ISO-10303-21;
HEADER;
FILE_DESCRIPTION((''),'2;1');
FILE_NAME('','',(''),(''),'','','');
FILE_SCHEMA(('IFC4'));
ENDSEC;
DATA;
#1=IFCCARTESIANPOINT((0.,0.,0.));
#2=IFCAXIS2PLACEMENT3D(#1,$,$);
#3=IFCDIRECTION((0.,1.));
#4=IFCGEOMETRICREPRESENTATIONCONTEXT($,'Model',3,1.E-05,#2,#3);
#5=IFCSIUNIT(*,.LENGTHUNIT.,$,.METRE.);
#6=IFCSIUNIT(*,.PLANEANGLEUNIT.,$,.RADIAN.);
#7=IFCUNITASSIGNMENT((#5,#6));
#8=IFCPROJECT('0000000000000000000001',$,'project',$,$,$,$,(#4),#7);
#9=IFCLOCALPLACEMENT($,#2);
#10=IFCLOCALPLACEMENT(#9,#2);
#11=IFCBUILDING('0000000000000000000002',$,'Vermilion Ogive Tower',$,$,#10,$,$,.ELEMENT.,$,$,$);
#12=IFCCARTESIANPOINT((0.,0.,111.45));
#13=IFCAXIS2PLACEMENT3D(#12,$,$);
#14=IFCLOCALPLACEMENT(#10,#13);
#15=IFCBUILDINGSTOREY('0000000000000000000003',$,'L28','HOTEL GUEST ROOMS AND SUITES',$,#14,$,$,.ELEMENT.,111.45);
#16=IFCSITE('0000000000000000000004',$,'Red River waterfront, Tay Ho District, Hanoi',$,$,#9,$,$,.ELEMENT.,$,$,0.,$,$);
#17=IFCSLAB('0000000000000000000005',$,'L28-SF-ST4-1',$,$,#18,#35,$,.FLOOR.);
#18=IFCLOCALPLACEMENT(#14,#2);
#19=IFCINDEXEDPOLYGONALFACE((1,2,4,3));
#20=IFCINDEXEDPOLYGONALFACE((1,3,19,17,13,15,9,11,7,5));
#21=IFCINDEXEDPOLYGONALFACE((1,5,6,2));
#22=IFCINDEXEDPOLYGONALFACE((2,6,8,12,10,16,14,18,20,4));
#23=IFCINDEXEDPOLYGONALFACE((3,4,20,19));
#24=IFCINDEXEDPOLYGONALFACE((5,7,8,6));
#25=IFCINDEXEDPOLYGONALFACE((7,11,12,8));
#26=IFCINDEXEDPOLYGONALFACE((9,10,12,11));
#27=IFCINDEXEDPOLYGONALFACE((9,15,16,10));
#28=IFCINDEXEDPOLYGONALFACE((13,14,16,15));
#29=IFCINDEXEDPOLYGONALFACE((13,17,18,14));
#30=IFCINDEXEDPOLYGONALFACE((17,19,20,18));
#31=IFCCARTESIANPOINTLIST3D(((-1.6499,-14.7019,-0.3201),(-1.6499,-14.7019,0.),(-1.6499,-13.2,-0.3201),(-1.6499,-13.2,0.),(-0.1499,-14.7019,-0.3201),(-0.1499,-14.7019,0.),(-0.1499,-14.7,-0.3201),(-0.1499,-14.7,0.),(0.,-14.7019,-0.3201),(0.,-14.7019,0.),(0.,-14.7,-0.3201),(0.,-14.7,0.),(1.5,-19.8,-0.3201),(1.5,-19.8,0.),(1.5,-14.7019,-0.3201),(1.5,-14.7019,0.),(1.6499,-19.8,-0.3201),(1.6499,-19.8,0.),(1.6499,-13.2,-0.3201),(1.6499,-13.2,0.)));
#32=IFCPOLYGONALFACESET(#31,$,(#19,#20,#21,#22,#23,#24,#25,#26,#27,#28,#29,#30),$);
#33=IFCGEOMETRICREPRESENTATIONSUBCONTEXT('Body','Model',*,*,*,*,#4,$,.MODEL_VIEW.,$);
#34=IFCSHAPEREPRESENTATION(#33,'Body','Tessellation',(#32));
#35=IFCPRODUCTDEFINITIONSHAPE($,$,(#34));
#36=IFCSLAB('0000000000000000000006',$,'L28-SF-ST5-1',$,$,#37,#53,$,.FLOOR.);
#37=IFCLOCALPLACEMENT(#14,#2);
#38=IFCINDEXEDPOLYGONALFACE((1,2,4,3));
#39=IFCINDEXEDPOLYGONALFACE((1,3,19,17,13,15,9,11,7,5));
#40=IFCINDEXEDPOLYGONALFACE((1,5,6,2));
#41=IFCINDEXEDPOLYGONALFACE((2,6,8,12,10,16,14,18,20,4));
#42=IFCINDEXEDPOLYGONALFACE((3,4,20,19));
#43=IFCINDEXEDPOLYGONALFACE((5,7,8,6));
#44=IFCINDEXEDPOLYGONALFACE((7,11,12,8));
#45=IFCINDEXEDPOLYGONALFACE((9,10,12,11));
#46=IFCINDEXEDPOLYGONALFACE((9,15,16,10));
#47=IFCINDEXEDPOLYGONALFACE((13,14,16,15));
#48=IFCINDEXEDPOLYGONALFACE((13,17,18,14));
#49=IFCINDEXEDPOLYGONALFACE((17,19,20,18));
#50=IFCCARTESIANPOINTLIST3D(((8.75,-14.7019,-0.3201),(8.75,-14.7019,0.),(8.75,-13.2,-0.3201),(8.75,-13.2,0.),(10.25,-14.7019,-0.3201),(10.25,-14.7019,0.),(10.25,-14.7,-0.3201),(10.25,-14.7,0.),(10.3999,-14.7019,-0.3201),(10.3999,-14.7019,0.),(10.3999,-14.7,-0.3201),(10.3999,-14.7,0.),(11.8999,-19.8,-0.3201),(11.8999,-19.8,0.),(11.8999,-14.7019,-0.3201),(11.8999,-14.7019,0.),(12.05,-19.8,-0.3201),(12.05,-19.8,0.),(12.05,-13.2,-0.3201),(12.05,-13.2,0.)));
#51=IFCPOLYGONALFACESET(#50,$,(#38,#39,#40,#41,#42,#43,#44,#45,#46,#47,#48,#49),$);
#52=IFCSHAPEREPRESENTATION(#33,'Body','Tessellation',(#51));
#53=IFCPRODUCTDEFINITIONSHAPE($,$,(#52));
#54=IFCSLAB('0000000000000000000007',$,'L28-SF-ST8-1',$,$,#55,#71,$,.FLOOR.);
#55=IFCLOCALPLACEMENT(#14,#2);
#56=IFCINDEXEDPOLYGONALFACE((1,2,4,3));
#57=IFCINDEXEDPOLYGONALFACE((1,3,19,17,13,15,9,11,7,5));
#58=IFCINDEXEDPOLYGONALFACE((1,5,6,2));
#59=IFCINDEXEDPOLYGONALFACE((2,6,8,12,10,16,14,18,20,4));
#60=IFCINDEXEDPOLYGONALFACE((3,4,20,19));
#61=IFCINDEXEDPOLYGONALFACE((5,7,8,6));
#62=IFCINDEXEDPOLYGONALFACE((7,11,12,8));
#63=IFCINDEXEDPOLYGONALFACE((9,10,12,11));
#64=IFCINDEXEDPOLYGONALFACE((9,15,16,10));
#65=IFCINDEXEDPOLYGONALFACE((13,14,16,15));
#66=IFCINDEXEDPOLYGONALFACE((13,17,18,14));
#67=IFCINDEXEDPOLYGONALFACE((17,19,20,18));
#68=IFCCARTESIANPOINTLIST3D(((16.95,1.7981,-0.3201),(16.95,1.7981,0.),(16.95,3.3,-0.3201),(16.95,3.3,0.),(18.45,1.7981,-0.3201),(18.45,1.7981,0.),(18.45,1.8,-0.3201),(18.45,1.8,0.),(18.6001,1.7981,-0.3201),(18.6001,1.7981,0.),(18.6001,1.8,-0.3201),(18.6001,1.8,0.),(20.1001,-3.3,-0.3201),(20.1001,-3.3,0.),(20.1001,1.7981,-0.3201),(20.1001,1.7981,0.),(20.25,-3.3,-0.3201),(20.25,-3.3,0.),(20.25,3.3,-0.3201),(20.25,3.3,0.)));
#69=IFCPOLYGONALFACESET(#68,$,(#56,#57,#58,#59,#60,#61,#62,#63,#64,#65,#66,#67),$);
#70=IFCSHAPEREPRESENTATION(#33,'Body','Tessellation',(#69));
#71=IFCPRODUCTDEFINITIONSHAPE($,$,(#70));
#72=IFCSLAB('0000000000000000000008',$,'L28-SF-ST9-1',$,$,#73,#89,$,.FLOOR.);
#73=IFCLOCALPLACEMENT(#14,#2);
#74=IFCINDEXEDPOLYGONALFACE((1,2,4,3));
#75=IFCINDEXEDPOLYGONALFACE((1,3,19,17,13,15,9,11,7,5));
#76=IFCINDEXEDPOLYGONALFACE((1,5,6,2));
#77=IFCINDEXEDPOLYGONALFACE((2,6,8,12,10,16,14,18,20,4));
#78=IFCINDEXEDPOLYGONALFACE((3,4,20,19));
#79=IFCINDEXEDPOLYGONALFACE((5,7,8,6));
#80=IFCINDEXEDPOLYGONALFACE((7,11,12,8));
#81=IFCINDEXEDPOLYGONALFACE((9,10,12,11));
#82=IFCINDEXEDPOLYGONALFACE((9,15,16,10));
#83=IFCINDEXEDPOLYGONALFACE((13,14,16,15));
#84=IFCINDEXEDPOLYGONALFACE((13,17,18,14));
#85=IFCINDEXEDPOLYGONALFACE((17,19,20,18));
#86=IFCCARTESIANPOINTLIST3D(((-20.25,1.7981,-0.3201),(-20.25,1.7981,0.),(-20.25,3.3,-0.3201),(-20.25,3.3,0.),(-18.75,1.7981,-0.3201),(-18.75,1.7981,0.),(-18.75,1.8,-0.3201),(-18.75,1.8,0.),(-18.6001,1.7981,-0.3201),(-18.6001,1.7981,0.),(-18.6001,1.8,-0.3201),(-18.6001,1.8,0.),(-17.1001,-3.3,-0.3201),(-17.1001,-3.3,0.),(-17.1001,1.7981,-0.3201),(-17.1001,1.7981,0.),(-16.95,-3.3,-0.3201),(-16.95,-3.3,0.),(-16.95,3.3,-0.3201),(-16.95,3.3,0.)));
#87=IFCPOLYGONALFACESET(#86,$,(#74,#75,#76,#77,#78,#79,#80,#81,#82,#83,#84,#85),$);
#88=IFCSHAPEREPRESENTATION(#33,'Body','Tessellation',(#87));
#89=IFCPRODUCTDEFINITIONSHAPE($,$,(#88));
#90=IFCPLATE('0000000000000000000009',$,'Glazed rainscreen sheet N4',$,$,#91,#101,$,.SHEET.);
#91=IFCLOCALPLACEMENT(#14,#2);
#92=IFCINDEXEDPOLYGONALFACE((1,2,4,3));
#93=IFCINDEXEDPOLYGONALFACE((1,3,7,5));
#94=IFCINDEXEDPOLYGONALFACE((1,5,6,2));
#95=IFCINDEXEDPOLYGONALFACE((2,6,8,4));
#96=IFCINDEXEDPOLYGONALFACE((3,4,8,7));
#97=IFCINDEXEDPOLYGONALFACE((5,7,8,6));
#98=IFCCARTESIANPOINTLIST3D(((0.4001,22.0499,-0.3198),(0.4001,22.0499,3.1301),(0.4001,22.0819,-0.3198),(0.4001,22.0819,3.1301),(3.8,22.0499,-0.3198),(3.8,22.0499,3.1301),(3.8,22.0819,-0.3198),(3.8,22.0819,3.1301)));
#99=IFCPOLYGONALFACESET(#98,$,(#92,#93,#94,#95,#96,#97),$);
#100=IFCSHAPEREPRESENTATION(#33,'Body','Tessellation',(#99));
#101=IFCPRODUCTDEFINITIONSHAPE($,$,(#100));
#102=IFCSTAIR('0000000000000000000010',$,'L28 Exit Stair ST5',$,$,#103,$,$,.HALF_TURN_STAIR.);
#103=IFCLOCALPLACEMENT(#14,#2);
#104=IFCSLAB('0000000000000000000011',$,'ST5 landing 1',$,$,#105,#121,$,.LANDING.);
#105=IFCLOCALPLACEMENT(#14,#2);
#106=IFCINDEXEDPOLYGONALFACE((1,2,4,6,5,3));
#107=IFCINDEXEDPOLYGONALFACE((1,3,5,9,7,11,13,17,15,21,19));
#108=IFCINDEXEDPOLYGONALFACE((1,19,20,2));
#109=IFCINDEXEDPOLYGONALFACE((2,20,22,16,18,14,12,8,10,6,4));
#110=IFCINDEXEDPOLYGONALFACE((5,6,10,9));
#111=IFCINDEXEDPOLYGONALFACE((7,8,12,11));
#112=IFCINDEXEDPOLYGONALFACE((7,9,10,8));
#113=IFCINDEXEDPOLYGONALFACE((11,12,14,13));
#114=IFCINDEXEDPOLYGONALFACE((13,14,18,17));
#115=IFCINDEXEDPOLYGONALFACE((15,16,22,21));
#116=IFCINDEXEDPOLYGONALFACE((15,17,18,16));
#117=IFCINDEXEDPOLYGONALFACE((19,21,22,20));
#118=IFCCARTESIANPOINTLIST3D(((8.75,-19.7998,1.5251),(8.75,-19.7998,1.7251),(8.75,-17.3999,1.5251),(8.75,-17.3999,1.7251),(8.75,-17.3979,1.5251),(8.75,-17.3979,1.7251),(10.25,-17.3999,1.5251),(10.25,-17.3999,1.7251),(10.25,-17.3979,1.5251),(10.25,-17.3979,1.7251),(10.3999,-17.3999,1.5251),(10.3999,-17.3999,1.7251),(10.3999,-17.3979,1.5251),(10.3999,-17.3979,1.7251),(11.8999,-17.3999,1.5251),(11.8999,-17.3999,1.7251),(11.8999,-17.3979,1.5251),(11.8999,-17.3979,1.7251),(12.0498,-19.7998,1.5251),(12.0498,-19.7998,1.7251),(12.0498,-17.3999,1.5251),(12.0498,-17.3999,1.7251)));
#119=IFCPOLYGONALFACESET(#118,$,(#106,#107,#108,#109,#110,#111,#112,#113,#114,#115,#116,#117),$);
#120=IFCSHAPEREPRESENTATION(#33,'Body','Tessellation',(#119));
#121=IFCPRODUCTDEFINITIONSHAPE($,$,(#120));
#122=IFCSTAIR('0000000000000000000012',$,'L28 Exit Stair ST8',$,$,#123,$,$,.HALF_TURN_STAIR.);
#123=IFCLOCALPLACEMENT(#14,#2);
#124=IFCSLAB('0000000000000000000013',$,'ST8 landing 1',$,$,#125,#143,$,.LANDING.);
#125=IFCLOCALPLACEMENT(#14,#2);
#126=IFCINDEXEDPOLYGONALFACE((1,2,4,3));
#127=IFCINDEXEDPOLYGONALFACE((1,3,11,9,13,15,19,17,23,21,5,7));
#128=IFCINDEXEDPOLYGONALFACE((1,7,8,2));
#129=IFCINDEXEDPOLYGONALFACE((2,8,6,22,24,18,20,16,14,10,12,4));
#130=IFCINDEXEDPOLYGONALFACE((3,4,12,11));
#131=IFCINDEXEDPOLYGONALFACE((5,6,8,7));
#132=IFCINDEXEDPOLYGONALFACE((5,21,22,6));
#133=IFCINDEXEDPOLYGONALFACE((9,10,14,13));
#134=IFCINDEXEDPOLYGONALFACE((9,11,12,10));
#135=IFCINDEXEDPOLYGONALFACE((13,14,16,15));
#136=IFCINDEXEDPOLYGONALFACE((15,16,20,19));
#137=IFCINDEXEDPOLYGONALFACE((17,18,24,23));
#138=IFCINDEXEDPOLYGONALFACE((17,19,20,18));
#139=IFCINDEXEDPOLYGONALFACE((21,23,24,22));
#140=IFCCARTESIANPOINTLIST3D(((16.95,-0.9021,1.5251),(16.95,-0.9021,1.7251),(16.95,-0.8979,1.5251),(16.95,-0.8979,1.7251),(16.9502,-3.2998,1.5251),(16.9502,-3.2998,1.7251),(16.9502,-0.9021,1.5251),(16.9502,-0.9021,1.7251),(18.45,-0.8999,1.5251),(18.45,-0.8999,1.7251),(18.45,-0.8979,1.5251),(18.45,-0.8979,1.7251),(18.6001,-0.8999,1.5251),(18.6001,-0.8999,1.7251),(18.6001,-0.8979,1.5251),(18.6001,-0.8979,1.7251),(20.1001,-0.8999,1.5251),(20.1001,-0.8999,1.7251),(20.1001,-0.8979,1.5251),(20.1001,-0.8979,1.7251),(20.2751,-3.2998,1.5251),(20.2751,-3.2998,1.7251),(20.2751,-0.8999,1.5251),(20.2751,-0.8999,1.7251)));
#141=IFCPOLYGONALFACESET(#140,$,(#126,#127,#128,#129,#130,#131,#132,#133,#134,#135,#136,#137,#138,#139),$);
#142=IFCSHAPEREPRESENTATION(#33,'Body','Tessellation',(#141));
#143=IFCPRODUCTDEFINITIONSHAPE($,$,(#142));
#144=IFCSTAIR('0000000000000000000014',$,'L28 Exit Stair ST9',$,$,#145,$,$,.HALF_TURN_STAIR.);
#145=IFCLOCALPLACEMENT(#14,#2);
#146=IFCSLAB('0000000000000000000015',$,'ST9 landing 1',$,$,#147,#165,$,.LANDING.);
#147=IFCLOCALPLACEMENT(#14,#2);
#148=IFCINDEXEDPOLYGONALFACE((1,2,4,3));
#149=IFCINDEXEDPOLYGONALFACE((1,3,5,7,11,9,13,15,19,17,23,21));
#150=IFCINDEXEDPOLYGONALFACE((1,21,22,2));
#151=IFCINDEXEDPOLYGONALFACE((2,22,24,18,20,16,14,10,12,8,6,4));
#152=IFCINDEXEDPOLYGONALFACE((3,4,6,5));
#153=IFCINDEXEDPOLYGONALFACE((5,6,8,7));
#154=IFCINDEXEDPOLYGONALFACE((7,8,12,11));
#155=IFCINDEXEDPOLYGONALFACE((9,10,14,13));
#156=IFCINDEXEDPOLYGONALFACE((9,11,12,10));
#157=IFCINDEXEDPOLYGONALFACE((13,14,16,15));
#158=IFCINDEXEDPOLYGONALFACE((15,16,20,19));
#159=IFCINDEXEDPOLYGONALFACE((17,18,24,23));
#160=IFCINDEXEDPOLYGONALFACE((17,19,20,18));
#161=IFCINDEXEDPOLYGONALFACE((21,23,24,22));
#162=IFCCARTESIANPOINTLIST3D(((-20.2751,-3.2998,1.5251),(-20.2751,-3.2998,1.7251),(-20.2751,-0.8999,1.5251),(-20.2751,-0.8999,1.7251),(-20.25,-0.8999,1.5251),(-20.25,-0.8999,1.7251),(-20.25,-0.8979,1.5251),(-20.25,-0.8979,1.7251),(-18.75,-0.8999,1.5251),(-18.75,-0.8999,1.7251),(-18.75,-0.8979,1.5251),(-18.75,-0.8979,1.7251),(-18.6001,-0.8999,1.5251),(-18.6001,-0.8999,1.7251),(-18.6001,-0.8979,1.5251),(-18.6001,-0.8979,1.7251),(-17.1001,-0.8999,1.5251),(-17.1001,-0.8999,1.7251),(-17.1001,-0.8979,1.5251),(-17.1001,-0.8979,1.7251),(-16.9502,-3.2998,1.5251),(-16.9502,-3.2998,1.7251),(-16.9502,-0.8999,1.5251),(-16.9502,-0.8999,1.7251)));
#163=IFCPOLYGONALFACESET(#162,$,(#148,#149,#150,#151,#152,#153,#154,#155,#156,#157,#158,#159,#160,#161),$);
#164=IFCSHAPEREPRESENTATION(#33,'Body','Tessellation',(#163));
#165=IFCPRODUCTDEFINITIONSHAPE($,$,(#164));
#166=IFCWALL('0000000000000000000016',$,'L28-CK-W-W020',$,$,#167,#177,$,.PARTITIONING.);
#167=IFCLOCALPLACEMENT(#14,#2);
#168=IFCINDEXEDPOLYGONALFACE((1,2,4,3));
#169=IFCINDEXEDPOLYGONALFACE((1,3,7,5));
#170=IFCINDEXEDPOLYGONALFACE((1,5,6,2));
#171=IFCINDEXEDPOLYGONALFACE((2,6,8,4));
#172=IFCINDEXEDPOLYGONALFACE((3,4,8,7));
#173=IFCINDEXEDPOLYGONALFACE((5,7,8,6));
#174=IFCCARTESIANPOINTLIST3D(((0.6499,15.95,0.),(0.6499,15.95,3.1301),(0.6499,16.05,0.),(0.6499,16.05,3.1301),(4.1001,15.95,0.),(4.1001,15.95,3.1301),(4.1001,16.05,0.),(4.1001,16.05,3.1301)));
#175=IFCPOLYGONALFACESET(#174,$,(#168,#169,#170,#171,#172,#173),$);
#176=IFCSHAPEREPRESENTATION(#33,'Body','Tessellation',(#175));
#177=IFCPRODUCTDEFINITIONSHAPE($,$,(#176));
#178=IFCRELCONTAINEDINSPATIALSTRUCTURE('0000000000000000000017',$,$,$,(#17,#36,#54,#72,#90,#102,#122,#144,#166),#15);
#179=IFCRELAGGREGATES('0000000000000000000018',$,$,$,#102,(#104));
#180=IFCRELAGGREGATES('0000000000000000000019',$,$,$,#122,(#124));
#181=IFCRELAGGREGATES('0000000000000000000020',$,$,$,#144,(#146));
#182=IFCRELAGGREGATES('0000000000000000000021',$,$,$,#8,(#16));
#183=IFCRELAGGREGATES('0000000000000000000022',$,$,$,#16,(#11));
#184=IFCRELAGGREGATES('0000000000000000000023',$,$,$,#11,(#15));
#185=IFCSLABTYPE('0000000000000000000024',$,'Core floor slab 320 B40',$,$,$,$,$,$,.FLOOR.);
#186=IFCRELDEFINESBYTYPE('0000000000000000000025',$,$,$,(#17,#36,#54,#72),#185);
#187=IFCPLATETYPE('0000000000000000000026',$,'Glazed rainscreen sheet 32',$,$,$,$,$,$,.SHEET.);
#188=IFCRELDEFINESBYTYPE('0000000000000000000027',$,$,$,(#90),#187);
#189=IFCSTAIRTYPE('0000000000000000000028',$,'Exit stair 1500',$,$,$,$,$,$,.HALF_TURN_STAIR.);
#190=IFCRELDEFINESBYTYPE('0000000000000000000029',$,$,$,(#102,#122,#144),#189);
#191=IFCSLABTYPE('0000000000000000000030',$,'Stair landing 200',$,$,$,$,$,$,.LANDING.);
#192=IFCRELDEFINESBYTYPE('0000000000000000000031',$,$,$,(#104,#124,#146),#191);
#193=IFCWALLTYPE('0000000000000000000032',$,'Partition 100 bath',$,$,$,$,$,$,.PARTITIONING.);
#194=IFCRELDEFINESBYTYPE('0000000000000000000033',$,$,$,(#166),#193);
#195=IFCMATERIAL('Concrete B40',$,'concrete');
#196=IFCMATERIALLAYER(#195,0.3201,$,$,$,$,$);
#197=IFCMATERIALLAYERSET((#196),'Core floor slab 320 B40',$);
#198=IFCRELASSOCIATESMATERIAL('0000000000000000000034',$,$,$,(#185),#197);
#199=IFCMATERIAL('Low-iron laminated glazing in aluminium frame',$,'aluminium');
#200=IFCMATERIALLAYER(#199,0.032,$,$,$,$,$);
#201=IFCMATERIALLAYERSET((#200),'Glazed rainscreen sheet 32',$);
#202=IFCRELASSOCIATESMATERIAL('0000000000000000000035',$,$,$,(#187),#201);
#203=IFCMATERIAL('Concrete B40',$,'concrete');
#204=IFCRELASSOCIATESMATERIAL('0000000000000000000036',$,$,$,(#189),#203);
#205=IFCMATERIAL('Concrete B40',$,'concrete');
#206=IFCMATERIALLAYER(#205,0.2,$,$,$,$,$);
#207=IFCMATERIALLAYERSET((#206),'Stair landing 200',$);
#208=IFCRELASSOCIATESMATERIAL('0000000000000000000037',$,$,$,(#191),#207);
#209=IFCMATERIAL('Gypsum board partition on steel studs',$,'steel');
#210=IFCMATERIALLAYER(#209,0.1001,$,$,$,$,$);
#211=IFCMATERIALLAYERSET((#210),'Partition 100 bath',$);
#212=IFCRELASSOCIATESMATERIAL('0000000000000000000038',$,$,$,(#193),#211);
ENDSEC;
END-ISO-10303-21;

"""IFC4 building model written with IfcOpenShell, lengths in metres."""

from ifc_helpers import new_model, si_unit, direction, frame, frame_2d, origin, origin_2d, place, context, subcontext, project, spatial, polyline, rectangle, outline, extrude, material, layer, layer_set, type_object, element, aggregate, save


model = new_model("IFC4")

# Units and contexts
model_context = context("Model", 3, precision=1e-05, world=origin(), true_north=direction((0.0, 1.0)))
body_context = subcontext(model_context, "Body", "Model", "MODEL_VIEW")
ifc_project = project(units=[si_unit("LENGTHUNIT", "METRE"), si_unit("PLANEANGLEUNIT", "RADIAN")], contexts=[model_context])

# Site, building, storey
site_placement = place(None, origin())
site = spatial("IfcSite", under=ifc_project, at=site_placement, Name="Red River waterfront, Tay Ho District, Hanoi", CompositionType="ELEMENT", RefElevation=0.0)
building_placement = place(site_placement, origin())
building = spatial("IfcBuilding", under=site, at=building_placement, Name="Vermilion Ogive Tower", CompositionType="ELEMENT")
storey_placement = place(building_placement, frame((0.0, 0.0, 111.45)))
storey = spatial("IfcBuildingStorey", under=building, at=storey_placement, Name="L28", Description="HOTEL GUEST ROOMS AND SUITES", CompositionType="ELEMENT", Elevation=111.45)

# Slabs
ifc_material_1 = material(Name="Concrete B40", Category="concrete")
ifc_layer_1 = layer(ifc_material_1, 0.3201)
ifc_layer_set_1 = layer_set([ifc_layer_1], Name="Core floor slab 320 B40")
slab_type_1 = type_object("IfcSlabType", Name="Core floor slab 320 B40", PredefinedType="FLOOR", material=ifc_layer_set_1)
slab_1_placement = place(storey_placement, frame((0.0, 0.0, -0.3201)))
element("IfcSlab", 1, at=slab_1_placement, inside=storey, type_object=slab_type_1, Name="L28-SF-ST4-1", PredefinedType="FLOOR", context=body_context, shape_type="SweptSolid", body=[
    extrude(outline(polyline([(-1.6499, -13.2), (-1.6499, -14.7019), (-0.1499, -14.7019), (-0.1499, -14.7), (0.0, -14.7), (0.0, -14.7019), (1.5, -14.7019), (1.5, -19.8), (1.6499, -19.8), (1.6499, -13.2), (-1.6499, -13.2)])), origin(), (0.0, 0.0, 1.0), 0.3201),
])
slab_2_placement = place(storey_placement, frame((0.0, 0.0, -0.3201)))
element("IfcSlab", 2, at=slab_2_placement, inside=storey, type_object=slab_type_1, Name="L28-SF-ST5-1", PredefinedType="FLOOR", context=body_context, shape_type="SweptSolid", body=[
    extrude(outline(polyline([(8.75, -13.2), (8.75, -14.7019), (10.25, -14.7019), (10.25, -14.7), (10.3999, -14.7), (10.3999, -14.7019), (11.8999, -14.7019), (11.8999, -19.8), (12.05, -19.8), (12.05, -13.2), (8.75, -13.2)])), origin(), (0.0, 0.0, 1.0), 0.3201),
])
slab_3_placement = place(storey_placement, frame((0.0, 0.0, -0.3201)))
element("IfcSlab", 3, at=slab_3_placement, inside=storey, type_object=slab_type_1, Name="L28-SF-ST8-1", PredefinedType="FLOOR", context=body_context, shape_type="SweptSolid", body=[
    extrude(outline(polyline([(16.95, 3.3), (16.95, 1.7981), (18.45, 1.7981), (18.45, 1.8), (18.6001, 1.8), (18.6001, 1.7981), (20.1001, 1.7981), (20.1001, -3.3), (20.25, -3.3), (20.25, 3.3), (16.95, 3.3)])), origin(), (0.0, 0.0, 1.0), 0.3201),
])
slab_4_placement = place(storey_placement, frame((0.0, 0.0, -0.3201)))
element("IfcSlab", 4, at=slab_4_placement, inside=storey, type_object=slab_type_1, Name="L28-SF-ST9-1", PredefinedType="FLOOR", context=body_context, shape_type="SweptSolid", body=[
    extrude(outline(polyline([(-20.25, 3.3), (-20.25, 1.7981), (-18.75, 1.7981), (-18.75, 1.8), (-18.6001, 1.8), (-18.6001, 1.7981), (-17.1001, 1.7981), (-17.1001, -3.3), (-16.95, -3.3), (-16.95, 3.3), (-20.25, 3.3)])), origin(), (0.0, 0.0, 1.0), 0.3201),
])

# Plate
ifc_material_2 = material(Name="Low-iron laminated glazing in aluminium frame", Category="aluminium")
ifc_layer_2 = layer(ifc_material_2, 0.032)
ifc_layer_set_2 = layer_set([ifc_layer_2], Name="Glazed rainscreen sheet 32")
plate_type = type_object("IfcPlateType", Name="Glazed rainscreen sheet 32", PredefinedType="SHEET", material=ifc_layer_set_2)
plate_placement = place(storey_placement, frame((2.1001, 22.0659, -0.3198), z_axis=(0.0, 0.0, 1.0), x_axis=(1.0, 0.0, 0.0)))
element("IfcPlate", 5, at=plate_placement, inside=storey, type_object=plate_type, Name="Glazed rainscreen sheet N4", PredefinedType="SHEET", context=body_context, shape_type="SweptSolid", body=[
    extrude(rectangle(XDim=3.3999, YDim=0.032, at=origin_2d()), origin(), (0.0, 0.0, 1.0), 3.45),
])

# Stairs, slabs
ifc_material_3 = material(Name="Concrete B40", Category="concrete")
stair_type = type_object("IfcStairType", Name="Exit stair 1500", PredefinedType="HALF_TURN_STAIR", material=ifc_material_3)
stair_1_placement = place(storey_placement, origin())
stair_1 = element("IfcStair", 6, at=stair_1_placement, inside=storey, type_object=stair_type, Name="L28 Exit Stair ST5", PredefinedType="HALF_TURN_STAIR")
ifc_material_4 = material(Name="Concrete B40", Category="concrete")
ifc_layer_3 = layer(ifc_material_4, 0.2)
ifc_layer_set_3 = layer_set([ifc_layer_3], Name="Stair landing 200")
slab_type_2 = type_object("IfcSlabType", Name="Stair landing 200", PredefinedType="LANDING", material=ifc_layer_set_3)
slab_5_placement = place(storey_placement, frame((0.0, 0.0, 1.5251)))
slab_5 = element("IfcSlab", 7, at=slab_5_placement, type_object=slab_type_2, Name="ST5 landing 1", PredefinedType="LANDING", context=body_context, shape_type="SweptSolid", body=[
    extrude(outline(polyline([(12.0498, -17.3999), (11.8999, -17.3999), (11.8999, -17.3979), (10.3999, -17.3979), (10.3999, -17.3999), (10.25, -17.3999), (10.25, -17.3979), (8.75, -17.3979), (8.75, -17.3999), (8.75, -17.3999), (8.75, -19.7998), (12.0498, -19.7998), (12.0498, -17.3999)])), origin(), (0.0, 0.0, 1.0), 0.2),
])
aggregate(stair_1, [slab_5])
stair_2_placement = place(storey_placement, origin())
stair_2 = element("IfcStair", 8, at=stair_2_placement, inside=storey, type_object=stair_type, Name="L28 Exit Stair ST8", PredefinedType="HALF_TURN_STAIR")
slab_6_placement = place(storey_placement, frame((0.0, 0.0, 1.5251)))
slab_6 = element("IfcSlab", 9, at=slab_6_placement, type_object=slab_type_2, Name="ST8 landing 1", PredefinedType="LANDING", context=body_context, shape_type="SweptSolid", body=[
    extrude(outline(polyline([(20.2751, -0.8999), (20.1001, -0.8999), (20.1001, -0.8979), (18.6001, -0.8979), (18.6001, -0.8999), (18.45, -0.8999), (18.45, -0.8979), (16.95, -0.8979), (16.95, -0.9021), (16.9502, -0.9021), (16.9502, -3.2998), (20.2751, -3.2998), (20.2751, -0.8999)])), origin(), (0.0, 0.0, 1.0), 0.2),
])
aggregate(stair_2, [slab_6])
stair_3_placement = place(storey_placement, origin())
stair_3 = element("IfcStair", 10, at=stair_3_placement, inside=storey, type_object=stair_type, Name="L28 Exit Stair ST9", PredefinedType="HALF_TURN_STAIR")
slab_7_placement = place(storey_placement, frame((0.0, 0.0, 1.5251)))
slab_7 = element("IfcSlab", 11, at=slab_7_placement, type_object=slab_type_2, Name="ST9 landing 1", PredefinedType="LANDING", context=body_context, shape_type="SweptSolid", body=[
    extrude(outline(polyline([(-16.9502, -0.8999), (-17.1001, -0.8999), (-17.1001, -0.8979), (-18.6001, -0.8979), (-18.6001, -0.8999), (-18.75, -0.8999), (-18.75, -0.8979), (-20.25, -0.8979), (-20.25, -0.8999), (-20.2751, -0.8999), (-20.2751, -3.2998), (-16.9502, -3.2998), (-16.9502, -0.8999)])), origin(), (0.0, 0.0, 1.0), 0.2),
])
aggregate(stair_3, [slab_7])

# Wall
ifc_material_5 = material(Name="Gypsum board partition on steel studs", Category="steel")
ifc_layer_4 = layer(ifc_material_5, 0.1001)
ifc_layer_set_4 = layer_set([ifc_layer_4], Name="Partition 100 bath")
wall_type_1 = type_object("IfcWallType", Name="Partition 100 bath", PredefinedType="PARTITIONING", material=ifc_layer_set_4)
wall_1_placement = place(storey_placement, frame((0.6499, 16.0, 0.0), z_axis=(0.0, 0.0, 1.0), x_axis=(1.0, 0.0, 0.0)))
element("IfcWall", 12, at=wall_1_placement, inside=storey, type_object=wall_type_1, Name="L28-CK-W-W020", PredefinedType="PARTITIONING", context=body_context, shape_type="SweptSolid", body=[
    extrude(rectangle(XDim=3.4502, YDim=0.1001, at=frame_2d((1.7251, 0.0))), origin(), (0.0, 0.0, 1.0), 3.1301),
])

save(model, "model.ifc")
